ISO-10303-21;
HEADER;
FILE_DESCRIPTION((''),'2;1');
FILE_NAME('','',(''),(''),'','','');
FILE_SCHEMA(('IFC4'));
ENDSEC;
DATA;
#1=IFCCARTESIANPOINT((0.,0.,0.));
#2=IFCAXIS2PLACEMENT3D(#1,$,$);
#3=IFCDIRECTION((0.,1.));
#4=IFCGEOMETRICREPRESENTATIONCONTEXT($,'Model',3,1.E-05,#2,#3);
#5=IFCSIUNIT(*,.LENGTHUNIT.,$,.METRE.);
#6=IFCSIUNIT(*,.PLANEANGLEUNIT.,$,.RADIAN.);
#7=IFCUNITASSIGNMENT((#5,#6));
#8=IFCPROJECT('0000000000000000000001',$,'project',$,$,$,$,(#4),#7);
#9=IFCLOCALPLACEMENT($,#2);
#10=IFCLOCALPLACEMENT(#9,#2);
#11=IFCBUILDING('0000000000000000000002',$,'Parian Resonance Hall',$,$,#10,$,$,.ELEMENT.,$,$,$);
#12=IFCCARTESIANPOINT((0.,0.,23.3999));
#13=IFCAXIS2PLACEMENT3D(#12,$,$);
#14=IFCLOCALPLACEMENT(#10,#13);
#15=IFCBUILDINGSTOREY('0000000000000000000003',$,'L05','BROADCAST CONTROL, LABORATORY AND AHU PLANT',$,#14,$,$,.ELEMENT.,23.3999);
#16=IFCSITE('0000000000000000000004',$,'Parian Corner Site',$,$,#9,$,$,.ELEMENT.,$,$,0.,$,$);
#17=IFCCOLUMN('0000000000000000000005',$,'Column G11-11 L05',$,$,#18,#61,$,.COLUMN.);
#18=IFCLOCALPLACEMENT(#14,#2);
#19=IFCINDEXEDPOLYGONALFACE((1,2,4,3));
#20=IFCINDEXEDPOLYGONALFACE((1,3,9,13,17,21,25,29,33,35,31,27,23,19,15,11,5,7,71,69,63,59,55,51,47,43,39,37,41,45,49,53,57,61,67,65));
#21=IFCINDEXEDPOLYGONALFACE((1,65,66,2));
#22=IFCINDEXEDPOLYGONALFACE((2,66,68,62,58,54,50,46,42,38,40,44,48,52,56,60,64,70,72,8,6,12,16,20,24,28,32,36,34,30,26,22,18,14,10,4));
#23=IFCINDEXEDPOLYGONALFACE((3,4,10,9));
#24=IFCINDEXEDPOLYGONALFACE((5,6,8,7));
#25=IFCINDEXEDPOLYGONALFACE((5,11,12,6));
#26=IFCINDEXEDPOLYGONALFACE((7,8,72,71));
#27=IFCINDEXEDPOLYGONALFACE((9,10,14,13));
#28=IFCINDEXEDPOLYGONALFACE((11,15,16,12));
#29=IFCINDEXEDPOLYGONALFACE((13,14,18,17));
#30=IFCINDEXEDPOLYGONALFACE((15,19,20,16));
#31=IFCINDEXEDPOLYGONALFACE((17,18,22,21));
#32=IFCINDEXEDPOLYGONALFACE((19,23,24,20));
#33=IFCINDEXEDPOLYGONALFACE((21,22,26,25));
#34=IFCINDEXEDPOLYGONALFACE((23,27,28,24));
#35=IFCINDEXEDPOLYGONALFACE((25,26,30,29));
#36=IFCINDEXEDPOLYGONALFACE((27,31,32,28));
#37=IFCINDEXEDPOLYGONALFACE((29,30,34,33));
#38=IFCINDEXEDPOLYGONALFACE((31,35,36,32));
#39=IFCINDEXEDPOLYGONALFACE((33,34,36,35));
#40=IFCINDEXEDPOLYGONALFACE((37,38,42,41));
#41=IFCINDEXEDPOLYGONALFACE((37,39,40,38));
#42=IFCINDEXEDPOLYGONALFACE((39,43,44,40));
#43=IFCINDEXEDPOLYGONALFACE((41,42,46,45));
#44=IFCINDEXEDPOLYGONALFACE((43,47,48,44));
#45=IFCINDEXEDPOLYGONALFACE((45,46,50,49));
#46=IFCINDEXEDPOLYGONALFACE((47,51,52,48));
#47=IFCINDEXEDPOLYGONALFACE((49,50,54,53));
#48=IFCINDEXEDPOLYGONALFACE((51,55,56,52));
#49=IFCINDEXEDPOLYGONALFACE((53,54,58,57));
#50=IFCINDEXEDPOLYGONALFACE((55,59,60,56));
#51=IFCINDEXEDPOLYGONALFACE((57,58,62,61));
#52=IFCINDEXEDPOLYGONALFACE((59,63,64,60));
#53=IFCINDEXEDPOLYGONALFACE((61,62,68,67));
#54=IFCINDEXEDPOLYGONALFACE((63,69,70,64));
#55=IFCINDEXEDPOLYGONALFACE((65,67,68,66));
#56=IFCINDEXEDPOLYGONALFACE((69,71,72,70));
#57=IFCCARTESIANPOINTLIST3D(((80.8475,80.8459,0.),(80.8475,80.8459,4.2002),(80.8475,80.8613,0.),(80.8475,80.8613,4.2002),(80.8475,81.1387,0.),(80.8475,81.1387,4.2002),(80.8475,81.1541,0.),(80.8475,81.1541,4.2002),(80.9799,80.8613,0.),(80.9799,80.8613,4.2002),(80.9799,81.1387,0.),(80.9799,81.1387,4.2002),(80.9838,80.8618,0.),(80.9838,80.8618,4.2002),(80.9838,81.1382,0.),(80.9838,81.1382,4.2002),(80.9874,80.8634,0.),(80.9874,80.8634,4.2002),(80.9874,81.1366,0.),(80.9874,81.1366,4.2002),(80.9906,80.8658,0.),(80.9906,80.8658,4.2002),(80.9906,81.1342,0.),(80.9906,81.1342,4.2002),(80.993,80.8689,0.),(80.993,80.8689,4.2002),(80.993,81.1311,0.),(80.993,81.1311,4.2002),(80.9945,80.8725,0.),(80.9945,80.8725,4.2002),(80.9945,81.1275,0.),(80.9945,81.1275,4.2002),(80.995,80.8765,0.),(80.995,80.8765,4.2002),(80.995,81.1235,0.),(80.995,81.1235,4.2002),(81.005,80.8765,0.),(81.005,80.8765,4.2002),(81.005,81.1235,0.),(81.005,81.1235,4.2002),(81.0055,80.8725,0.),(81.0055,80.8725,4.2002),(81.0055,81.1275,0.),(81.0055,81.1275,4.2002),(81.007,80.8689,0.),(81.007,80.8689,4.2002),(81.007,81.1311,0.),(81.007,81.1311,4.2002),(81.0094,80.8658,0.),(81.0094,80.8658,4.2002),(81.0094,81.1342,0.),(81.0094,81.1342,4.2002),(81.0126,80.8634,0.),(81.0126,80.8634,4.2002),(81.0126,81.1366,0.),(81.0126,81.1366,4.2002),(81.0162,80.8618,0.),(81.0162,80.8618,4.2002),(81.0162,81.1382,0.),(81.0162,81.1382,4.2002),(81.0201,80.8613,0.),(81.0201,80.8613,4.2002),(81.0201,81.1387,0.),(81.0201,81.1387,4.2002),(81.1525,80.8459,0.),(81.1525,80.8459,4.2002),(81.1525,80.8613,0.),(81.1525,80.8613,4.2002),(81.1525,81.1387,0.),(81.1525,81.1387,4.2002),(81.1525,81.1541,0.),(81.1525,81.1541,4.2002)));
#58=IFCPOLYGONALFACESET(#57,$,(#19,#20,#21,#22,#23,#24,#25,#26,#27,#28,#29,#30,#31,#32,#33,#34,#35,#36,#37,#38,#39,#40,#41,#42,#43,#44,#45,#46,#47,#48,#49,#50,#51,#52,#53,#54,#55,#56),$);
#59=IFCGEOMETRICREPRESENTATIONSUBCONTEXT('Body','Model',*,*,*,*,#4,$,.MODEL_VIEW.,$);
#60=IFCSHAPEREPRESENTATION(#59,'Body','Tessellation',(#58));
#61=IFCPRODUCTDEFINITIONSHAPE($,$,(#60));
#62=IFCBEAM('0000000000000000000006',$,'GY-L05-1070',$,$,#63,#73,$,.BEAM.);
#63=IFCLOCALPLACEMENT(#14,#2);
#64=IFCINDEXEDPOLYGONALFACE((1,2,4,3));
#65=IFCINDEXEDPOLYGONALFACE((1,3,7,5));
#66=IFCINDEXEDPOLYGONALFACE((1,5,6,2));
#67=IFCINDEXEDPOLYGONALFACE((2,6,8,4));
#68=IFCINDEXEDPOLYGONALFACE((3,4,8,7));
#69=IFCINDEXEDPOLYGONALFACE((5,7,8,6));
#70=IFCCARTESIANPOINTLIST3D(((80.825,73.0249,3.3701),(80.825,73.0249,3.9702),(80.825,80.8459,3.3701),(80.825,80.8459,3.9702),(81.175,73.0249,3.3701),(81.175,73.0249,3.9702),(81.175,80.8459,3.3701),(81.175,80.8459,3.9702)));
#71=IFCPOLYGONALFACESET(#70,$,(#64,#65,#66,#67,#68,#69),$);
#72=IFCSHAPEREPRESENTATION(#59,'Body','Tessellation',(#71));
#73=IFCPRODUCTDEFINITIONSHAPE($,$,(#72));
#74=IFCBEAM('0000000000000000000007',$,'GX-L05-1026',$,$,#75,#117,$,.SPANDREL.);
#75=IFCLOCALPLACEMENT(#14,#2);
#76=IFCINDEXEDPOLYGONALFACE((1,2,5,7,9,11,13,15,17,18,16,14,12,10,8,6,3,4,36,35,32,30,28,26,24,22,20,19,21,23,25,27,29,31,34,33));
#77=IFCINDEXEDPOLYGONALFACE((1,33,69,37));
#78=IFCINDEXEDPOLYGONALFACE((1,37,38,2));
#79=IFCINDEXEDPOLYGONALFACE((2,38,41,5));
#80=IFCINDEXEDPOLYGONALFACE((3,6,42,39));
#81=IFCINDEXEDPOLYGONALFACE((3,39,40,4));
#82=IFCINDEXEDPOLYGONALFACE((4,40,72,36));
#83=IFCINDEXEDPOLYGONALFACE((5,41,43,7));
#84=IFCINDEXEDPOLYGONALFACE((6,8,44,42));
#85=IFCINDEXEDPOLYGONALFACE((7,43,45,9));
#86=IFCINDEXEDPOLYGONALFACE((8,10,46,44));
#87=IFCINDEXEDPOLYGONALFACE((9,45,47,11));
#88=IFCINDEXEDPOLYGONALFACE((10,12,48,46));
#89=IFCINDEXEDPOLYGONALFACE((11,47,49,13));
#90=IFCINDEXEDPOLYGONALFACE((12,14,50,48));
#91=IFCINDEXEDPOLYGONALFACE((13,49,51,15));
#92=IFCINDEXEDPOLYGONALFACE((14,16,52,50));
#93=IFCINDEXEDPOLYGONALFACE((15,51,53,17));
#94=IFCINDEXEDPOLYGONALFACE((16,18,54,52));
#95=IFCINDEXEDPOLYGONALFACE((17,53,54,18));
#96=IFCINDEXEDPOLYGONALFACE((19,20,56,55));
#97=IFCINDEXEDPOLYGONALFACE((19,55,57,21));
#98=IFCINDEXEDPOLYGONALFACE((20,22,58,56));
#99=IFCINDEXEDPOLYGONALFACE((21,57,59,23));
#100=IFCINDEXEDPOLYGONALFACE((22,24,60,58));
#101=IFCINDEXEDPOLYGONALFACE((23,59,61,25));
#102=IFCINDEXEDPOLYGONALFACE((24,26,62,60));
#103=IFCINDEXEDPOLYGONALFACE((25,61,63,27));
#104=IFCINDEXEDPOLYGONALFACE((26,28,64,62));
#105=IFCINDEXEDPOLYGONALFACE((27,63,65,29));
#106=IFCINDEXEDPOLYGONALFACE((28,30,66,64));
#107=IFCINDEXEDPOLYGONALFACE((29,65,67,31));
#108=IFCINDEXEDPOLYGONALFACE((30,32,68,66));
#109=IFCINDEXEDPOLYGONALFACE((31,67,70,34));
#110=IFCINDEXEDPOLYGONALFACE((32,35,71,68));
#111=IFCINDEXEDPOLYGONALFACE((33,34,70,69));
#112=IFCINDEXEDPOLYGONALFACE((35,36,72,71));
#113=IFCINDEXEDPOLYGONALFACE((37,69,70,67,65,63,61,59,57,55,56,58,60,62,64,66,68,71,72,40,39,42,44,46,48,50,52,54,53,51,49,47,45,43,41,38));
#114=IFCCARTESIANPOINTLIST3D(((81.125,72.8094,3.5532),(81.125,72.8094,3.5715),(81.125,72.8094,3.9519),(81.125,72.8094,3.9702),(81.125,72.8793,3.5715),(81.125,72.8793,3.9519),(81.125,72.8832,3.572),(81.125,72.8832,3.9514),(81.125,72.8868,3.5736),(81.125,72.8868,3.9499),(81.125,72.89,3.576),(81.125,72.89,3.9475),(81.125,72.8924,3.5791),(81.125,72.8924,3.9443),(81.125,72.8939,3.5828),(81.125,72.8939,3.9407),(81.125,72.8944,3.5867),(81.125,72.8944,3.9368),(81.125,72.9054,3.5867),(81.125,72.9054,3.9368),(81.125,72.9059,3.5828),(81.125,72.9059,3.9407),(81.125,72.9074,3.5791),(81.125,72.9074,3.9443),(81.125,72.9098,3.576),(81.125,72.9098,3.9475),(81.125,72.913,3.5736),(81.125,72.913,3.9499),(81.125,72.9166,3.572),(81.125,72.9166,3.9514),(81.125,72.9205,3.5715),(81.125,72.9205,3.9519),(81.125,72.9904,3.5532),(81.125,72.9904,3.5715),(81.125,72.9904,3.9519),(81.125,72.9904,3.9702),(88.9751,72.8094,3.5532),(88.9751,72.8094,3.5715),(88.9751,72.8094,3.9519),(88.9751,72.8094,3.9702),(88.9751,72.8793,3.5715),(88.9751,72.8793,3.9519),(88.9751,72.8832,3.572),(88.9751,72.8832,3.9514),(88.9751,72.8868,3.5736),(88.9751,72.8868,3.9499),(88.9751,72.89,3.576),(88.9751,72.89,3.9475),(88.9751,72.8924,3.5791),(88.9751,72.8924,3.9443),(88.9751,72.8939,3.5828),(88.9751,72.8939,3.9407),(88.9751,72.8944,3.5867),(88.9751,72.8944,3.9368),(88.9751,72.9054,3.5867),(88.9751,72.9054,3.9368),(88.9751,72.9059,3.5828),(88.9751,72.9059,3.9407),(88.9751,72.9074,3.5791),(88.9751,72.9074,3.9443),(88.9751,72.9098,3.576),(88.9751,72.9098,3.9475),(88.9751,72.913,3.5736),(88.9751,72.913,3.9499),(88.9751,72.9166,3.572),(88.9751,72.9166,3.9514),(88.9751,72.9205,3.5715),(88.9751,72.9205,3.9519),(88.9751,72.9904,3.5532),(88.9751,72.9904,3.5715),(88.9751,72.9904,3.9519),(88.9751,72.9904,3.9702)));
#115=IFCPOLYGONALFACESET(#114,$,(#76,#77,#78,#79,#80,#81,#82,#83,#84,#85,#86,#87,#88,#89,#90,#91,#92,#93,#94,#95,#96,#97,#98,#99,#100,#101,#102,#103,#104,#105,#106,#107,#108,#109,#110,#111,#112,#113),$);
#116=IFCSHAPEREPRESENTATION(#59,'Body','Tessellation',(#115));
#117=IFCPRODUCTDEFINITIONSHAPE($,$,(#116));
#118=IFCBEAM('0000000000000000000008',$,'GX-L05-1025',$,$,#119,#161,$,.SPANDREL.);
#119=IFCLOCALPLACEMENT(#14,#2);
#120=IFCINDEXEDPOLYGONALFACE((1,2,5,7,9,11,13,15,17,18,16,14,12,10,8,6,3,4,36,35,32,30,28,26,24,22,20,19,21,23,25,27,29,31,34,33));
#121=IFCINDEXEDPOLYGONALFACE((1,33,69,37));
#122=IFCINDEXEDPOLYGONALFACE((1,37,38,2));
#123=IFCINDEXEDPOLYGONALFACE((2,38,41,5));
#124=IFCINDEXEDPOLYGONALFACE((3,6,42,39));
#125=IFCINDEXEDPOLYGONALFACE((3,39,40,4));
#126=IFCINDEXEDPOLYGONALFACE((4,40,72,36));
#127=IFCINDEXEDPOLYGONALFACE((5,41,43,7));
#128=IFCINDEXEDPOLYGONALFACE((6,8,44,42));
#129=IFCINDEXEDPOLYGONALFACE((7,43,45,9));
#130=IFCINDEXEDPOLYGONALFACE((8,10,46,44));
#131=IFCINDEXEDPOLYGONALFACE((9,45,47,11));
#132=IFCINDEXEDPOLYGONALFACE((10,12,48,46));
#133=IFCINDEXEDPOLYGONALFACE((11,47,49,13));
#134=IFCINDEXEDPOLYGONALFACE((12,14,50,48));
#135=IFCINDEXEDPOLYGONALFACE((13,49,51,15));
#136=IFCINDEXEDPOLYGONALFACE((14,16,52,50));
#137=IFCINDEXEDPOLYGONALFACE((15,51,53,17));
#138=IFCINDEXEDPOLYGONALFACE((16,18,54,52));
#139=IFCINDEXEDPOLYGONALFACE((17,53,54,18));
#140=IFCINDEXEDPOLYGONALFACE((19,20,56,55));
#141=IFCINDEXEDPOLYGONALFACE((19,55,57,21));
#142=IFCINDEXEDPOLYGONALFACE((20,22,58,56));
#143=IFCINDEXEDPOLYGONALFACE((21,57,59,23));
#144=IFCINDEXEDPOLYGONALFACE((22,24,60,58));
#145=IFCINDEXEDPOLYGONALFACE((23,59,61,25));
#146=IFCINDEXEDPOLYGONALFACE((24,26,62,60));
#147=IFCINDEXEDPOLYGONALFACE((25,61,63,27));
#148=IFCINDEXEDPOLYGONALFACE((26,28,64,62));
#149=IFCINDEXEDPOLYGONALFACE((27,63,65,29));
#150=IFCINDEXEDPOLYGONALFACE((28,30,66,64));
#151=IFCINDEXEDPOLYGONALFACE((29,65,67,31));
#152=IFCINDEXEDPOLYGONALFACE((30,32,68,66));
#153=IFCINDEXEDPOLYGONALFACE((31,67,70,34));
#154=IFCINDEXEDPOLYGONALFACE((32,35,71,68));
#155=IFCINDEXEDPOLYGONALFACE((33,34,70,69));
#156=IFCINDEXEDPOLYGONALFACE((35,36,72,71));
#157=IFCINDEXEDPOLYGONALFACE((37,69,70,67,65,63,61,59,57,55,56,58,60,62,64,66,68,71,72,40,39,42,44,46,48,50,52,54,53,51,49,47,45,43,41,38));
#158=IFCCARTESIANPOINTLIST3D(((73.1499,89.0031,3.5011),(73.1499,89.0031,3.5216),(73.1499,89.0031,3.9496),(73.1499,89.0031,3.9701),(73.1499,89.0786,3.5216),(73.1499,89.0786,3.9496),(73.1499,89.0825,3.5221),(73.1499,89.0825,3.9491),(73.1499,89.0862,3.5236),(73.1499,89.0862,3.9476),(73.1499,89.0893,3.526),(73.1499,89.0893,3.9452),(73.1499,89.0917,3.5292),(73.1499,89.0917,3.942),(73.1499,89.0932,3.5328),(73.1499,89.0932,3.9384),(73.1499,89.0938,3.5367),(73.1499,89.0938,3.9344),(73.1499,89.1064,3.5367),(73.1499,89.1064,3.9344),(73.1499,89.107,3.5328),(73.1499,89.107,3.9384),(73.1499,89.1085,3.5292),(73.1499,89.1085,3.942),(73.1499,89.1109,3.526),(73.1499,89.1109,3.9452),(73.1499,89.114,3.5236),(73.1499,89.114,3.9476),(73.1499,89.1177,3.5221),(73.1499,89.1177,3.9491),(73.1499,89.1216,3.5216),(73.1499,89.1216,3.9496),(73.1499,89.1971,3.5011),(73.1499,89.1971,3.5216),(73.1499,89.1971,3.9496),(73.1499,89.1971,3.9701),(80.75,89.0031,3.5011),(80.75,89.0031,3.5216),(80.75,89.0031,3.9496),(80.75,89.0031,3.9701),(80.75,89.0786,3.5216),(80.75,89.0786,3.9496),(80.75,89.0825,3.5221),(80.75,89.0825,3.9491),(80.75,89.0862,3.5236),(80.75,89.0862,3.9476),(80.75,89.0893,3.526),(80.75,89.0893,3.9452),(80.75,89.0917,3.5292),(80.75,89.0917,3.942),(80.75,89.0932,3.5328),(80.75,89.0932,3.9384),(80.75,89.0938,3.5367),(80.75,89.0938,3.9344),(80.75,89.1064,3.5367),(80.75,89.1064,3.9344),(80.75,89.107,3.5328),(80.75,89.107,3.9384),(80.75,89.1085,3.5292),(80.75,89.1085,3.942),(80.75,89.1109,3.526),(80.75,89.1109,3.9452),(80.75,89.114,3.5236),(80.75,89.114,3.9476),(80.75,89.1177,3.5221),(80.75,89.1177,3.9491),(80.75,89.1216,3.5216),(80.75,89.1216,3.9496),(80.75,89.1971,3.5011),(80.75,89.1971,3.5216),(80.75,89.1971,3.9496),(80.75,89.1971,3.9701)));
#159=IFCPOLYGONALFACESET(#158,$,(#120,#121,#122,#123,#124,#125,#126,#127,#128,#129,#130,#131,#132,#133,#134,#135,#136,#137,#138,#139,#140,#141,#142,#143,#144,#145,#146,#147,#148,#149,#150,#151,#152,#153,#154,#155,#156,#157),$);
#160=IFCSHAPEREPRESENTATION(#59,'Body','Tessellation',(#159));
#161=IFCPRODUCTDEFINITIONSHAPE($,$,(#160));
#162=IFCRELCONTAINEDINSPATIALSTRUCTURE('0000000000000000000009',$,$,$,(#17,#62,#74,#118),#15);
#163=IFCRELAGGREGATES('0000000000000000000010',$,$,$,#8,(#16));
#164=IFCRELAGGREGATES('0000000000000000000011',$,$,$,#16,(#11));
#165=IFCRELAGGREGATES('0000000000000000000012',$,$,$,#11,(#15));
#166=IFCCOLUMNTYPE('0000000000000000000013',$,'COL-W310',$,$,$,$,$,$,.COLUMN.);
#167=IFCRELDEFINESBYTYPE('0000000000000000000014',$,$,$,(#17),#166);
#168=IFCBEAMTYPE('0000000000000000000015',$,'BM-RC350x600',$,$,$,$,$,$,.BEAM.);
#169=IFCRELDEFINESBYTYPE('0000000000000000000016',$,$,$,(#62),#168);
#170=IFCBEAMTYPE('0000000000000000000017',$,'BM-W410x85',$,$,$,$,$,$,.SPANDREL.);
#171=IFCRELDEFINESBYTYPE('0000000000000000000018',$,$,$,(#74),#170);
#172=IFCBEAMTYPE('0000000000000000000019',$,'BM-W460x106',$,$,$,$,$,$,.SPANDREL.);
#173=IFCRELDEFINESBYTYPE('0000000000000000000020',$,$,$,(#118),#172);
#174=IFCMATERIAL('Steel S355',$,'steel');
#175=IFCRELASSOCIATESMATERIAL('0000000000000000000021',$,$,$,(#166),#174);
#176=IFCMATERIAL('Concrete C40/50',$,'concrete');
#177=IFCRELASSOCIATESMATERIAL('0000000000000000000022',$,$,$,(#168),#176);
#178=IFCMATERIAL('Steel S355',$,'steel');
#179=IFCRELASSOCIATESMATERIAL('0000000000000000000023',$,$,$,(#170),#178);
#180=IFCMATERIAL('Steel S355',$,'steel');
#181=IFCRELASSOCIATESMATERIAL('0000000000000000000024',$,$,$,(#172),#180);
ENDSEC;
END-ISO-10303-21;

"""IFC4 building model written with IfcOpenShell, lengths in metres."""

from ifc_helpers import new_model, si_unit, direction, frame, origin, origin_2d, place, context, subcontext, project, spatial, rectangle, i_section, extrude, material, material_profile, profile_set, type_object, element, save


model = new_model("IFC4")

# Units and contexts
model_context = context("Model", 3, precision=1e-05, world=origin(), true_north=direction((0.0, 1.0)))
body_context = subcontext(model_context, "Body", "Model", "MODEL_VIEW")
ifc_project = project(units=[si_unit("LENGTHUNIT", "METRE"), si_unit("PLANEANGLEUNIT", "RADIAN")], contexts=[model_context])

# Site, building, storey
site_placement = place(None, origin())
site = spatial("IfcSite", under=ifc_project, at=site_placement, Name="Parian Corner Site", CompositionType="ELEMENT", RefElevation=0.0)
building_placement = place(site_placement, origin())
building = spatial("IfcBuilding", under=site, at=building_placement, Name="Parian Resonance Hall", CompositionType="ELEMENT")
storey_placement = place(building_placement, frame((0.0, 0.0, 23.3999)))
storey = spatial("IfcBuildingStorey", under=building, at=storey_placement, Name="L05", Description="BROADCAST CONTROL, LABORATORY AND AHU PLANT", CompositionType="ELEMENT", Elevation=23.3999)

# Column
ifc_material_1 = material(Name="Steel S355", Category="steel")
ifc_material_profile_1 = material_profile(ifc_material_1, i_section(OverallWidth=0.3049, OverallDepth=0.3081, WebThickness=0.01, FlangeThickness=0.0154, FilletRadius=0.0151, at=origin_2d()), Name="W310x97")
ifc_profile_set_1 = profile_set([ifc_material_profile_1], Name="Steel S355")
column_type_1 = type_object("IfcColumnType", Name="COL-W310", PredefinedType="COLUMN", material=ifc_profile_set_1)
column_1_placement = place(storey_placement, frame((81.0, 81.0, 0.0), z_axis=(0.0, 0.0, 1.0), x_axis=(1.0, 0.0, 0.0)))
element("IfcColumn", 1, at=column_1_placement, inside=storey, type_object=column_type_1, Name="Column G11-11 L05", PredefinedType="COLUMN", context=body_context, shape_type="SweptSolid", body=[
    extrude(i_section(OverallWidth=0.3049, OverallDepth=0.3081, WebThickness=0.01, FlangeThickness=0.0154, FilletRadius=0.0151, at=origin_2d()), origin(), (0.0, 0.0, 1.0), 4.2002),
])

# Beams
ifc_material_2 = material(Name="Concrete C40/50", Category="concrete")
ifc_material_profile_2 = material_profile(ifc_material_2, rectangle(XDim=0.3501, YDim=0.6001, at=origin_2d()), Name="RC-BM-350x600")
ifc_profile_set_2 = profile_set([ifc_material_profile_2], Name="Concrete C40/50")
beam_type_1 = type_object("IfcBeamType", Name="BM-RC350x600", PredefinedType="BEAM", material=ifc_profile_set_2)
beam_1_placement = place(storey_placement, frame((81.0, 73.0249, 3.6702), z_axis=(0.0, 1.0, 0.0), x_axis=(-1.0, 0.0, 0.0)))
element("IfcBeam", 2, at=beam_1_placement, inside=storey, type_object=beam_type_1, Name="GY-L05-1070", PredefinedType="BEAM", context=body_context, shape_type="SweptSolid", body=[
    extrude(rectangle(XDim=0.3501, YDim=0.6001, at=origin_2d()), origin(), (0.0, 0.0, 1.0), 7.821),
])
ifc_material_3 = material(Name="Steel S355", Category="steel")
ifc_material_profile_3 = material_profile(ifc_material_3, i_section(OverallWidth=0.1809, OverallDepth=0.417, WebThickness=0.011, FlangeThickness=0.0183, FilletRadius=0.0151, at=origin_2d()), Name="W410x85")
ifc_profile_set_3 = profile_set([ifc_material_profile_3], Name="Steel S355")
beam_type_2 = type_object("IfcBeamType", Name="BM-W410x85", PredefinedType="SPANDREL", material=ifc_profile_set_3)
beam_2_placement = place(storey_placement, frame((81.125, 72.8999, 3.7617), z_axis=(1.0, 0.0, 0.0), x_axis=(0.0, 1.0, 0.0)))
element("IfcBeam", 3, at=beam_2_placement, inside=storey, type_object=beam_type_2, Name="GX-L05-1026", PredefinedType="SPANDREL", context=body_context, shape_type="SweptSolid", body=[
    extrude(i_section(OverallWidth=0.1809, OverallDepth=0.417, WebThickness=0.011, FlangeThickness=0.0183, FilletRadius=0.0151, at=origin_2d()), origin(), (0.0, 0.0, 1.0), 7.8501),
])
ifc_material_4 = material(Name="Steel S355", Category="steel")
ifc_material_profile_4 = material_profile(ifc_material_4, i_section(OverallWidth=0.1941, OverallDepth=0.469, WebThickness=0.0127, FlangeThickness=0.0205, FilletRadius=0.0151, at=origin_2d()), Name="W460x106")
ifc_profile_set_4 = profile_set([ifc_material_profile_4], Name="Steel S355")
beam_type_3 = type_object("IfcBeamType", Name="BM-W460x106", PredefinedType="SPANDREL", material=ifc_profile_set_4)
beam_3_placement = place(storey_placement, frame((73.1499, 89.1001, 3.7356), z_axis=(1.0, 0.0, 0.0), x_axis=(0.0, 1.0, 0.0)))
element("IfcBeam", 4, at=beam_3_placement, inside=storey, type_object=beam_type_3, Name="GX-L05-1025", PredefinedType="SPANDREL", context=body_context, shape_type="SweptSolid", body=[
    extrude(i_section(OverallWidth=0.1941, OverallDepth=0.469, WebThickness=0.0127, FlangeThickness=0.0205, FilletRadius=0.0151, at=origin_2d()), origin(), (0.0, 0.0, 1.0), 7.6001),
])

save(model, "model.ifc")
